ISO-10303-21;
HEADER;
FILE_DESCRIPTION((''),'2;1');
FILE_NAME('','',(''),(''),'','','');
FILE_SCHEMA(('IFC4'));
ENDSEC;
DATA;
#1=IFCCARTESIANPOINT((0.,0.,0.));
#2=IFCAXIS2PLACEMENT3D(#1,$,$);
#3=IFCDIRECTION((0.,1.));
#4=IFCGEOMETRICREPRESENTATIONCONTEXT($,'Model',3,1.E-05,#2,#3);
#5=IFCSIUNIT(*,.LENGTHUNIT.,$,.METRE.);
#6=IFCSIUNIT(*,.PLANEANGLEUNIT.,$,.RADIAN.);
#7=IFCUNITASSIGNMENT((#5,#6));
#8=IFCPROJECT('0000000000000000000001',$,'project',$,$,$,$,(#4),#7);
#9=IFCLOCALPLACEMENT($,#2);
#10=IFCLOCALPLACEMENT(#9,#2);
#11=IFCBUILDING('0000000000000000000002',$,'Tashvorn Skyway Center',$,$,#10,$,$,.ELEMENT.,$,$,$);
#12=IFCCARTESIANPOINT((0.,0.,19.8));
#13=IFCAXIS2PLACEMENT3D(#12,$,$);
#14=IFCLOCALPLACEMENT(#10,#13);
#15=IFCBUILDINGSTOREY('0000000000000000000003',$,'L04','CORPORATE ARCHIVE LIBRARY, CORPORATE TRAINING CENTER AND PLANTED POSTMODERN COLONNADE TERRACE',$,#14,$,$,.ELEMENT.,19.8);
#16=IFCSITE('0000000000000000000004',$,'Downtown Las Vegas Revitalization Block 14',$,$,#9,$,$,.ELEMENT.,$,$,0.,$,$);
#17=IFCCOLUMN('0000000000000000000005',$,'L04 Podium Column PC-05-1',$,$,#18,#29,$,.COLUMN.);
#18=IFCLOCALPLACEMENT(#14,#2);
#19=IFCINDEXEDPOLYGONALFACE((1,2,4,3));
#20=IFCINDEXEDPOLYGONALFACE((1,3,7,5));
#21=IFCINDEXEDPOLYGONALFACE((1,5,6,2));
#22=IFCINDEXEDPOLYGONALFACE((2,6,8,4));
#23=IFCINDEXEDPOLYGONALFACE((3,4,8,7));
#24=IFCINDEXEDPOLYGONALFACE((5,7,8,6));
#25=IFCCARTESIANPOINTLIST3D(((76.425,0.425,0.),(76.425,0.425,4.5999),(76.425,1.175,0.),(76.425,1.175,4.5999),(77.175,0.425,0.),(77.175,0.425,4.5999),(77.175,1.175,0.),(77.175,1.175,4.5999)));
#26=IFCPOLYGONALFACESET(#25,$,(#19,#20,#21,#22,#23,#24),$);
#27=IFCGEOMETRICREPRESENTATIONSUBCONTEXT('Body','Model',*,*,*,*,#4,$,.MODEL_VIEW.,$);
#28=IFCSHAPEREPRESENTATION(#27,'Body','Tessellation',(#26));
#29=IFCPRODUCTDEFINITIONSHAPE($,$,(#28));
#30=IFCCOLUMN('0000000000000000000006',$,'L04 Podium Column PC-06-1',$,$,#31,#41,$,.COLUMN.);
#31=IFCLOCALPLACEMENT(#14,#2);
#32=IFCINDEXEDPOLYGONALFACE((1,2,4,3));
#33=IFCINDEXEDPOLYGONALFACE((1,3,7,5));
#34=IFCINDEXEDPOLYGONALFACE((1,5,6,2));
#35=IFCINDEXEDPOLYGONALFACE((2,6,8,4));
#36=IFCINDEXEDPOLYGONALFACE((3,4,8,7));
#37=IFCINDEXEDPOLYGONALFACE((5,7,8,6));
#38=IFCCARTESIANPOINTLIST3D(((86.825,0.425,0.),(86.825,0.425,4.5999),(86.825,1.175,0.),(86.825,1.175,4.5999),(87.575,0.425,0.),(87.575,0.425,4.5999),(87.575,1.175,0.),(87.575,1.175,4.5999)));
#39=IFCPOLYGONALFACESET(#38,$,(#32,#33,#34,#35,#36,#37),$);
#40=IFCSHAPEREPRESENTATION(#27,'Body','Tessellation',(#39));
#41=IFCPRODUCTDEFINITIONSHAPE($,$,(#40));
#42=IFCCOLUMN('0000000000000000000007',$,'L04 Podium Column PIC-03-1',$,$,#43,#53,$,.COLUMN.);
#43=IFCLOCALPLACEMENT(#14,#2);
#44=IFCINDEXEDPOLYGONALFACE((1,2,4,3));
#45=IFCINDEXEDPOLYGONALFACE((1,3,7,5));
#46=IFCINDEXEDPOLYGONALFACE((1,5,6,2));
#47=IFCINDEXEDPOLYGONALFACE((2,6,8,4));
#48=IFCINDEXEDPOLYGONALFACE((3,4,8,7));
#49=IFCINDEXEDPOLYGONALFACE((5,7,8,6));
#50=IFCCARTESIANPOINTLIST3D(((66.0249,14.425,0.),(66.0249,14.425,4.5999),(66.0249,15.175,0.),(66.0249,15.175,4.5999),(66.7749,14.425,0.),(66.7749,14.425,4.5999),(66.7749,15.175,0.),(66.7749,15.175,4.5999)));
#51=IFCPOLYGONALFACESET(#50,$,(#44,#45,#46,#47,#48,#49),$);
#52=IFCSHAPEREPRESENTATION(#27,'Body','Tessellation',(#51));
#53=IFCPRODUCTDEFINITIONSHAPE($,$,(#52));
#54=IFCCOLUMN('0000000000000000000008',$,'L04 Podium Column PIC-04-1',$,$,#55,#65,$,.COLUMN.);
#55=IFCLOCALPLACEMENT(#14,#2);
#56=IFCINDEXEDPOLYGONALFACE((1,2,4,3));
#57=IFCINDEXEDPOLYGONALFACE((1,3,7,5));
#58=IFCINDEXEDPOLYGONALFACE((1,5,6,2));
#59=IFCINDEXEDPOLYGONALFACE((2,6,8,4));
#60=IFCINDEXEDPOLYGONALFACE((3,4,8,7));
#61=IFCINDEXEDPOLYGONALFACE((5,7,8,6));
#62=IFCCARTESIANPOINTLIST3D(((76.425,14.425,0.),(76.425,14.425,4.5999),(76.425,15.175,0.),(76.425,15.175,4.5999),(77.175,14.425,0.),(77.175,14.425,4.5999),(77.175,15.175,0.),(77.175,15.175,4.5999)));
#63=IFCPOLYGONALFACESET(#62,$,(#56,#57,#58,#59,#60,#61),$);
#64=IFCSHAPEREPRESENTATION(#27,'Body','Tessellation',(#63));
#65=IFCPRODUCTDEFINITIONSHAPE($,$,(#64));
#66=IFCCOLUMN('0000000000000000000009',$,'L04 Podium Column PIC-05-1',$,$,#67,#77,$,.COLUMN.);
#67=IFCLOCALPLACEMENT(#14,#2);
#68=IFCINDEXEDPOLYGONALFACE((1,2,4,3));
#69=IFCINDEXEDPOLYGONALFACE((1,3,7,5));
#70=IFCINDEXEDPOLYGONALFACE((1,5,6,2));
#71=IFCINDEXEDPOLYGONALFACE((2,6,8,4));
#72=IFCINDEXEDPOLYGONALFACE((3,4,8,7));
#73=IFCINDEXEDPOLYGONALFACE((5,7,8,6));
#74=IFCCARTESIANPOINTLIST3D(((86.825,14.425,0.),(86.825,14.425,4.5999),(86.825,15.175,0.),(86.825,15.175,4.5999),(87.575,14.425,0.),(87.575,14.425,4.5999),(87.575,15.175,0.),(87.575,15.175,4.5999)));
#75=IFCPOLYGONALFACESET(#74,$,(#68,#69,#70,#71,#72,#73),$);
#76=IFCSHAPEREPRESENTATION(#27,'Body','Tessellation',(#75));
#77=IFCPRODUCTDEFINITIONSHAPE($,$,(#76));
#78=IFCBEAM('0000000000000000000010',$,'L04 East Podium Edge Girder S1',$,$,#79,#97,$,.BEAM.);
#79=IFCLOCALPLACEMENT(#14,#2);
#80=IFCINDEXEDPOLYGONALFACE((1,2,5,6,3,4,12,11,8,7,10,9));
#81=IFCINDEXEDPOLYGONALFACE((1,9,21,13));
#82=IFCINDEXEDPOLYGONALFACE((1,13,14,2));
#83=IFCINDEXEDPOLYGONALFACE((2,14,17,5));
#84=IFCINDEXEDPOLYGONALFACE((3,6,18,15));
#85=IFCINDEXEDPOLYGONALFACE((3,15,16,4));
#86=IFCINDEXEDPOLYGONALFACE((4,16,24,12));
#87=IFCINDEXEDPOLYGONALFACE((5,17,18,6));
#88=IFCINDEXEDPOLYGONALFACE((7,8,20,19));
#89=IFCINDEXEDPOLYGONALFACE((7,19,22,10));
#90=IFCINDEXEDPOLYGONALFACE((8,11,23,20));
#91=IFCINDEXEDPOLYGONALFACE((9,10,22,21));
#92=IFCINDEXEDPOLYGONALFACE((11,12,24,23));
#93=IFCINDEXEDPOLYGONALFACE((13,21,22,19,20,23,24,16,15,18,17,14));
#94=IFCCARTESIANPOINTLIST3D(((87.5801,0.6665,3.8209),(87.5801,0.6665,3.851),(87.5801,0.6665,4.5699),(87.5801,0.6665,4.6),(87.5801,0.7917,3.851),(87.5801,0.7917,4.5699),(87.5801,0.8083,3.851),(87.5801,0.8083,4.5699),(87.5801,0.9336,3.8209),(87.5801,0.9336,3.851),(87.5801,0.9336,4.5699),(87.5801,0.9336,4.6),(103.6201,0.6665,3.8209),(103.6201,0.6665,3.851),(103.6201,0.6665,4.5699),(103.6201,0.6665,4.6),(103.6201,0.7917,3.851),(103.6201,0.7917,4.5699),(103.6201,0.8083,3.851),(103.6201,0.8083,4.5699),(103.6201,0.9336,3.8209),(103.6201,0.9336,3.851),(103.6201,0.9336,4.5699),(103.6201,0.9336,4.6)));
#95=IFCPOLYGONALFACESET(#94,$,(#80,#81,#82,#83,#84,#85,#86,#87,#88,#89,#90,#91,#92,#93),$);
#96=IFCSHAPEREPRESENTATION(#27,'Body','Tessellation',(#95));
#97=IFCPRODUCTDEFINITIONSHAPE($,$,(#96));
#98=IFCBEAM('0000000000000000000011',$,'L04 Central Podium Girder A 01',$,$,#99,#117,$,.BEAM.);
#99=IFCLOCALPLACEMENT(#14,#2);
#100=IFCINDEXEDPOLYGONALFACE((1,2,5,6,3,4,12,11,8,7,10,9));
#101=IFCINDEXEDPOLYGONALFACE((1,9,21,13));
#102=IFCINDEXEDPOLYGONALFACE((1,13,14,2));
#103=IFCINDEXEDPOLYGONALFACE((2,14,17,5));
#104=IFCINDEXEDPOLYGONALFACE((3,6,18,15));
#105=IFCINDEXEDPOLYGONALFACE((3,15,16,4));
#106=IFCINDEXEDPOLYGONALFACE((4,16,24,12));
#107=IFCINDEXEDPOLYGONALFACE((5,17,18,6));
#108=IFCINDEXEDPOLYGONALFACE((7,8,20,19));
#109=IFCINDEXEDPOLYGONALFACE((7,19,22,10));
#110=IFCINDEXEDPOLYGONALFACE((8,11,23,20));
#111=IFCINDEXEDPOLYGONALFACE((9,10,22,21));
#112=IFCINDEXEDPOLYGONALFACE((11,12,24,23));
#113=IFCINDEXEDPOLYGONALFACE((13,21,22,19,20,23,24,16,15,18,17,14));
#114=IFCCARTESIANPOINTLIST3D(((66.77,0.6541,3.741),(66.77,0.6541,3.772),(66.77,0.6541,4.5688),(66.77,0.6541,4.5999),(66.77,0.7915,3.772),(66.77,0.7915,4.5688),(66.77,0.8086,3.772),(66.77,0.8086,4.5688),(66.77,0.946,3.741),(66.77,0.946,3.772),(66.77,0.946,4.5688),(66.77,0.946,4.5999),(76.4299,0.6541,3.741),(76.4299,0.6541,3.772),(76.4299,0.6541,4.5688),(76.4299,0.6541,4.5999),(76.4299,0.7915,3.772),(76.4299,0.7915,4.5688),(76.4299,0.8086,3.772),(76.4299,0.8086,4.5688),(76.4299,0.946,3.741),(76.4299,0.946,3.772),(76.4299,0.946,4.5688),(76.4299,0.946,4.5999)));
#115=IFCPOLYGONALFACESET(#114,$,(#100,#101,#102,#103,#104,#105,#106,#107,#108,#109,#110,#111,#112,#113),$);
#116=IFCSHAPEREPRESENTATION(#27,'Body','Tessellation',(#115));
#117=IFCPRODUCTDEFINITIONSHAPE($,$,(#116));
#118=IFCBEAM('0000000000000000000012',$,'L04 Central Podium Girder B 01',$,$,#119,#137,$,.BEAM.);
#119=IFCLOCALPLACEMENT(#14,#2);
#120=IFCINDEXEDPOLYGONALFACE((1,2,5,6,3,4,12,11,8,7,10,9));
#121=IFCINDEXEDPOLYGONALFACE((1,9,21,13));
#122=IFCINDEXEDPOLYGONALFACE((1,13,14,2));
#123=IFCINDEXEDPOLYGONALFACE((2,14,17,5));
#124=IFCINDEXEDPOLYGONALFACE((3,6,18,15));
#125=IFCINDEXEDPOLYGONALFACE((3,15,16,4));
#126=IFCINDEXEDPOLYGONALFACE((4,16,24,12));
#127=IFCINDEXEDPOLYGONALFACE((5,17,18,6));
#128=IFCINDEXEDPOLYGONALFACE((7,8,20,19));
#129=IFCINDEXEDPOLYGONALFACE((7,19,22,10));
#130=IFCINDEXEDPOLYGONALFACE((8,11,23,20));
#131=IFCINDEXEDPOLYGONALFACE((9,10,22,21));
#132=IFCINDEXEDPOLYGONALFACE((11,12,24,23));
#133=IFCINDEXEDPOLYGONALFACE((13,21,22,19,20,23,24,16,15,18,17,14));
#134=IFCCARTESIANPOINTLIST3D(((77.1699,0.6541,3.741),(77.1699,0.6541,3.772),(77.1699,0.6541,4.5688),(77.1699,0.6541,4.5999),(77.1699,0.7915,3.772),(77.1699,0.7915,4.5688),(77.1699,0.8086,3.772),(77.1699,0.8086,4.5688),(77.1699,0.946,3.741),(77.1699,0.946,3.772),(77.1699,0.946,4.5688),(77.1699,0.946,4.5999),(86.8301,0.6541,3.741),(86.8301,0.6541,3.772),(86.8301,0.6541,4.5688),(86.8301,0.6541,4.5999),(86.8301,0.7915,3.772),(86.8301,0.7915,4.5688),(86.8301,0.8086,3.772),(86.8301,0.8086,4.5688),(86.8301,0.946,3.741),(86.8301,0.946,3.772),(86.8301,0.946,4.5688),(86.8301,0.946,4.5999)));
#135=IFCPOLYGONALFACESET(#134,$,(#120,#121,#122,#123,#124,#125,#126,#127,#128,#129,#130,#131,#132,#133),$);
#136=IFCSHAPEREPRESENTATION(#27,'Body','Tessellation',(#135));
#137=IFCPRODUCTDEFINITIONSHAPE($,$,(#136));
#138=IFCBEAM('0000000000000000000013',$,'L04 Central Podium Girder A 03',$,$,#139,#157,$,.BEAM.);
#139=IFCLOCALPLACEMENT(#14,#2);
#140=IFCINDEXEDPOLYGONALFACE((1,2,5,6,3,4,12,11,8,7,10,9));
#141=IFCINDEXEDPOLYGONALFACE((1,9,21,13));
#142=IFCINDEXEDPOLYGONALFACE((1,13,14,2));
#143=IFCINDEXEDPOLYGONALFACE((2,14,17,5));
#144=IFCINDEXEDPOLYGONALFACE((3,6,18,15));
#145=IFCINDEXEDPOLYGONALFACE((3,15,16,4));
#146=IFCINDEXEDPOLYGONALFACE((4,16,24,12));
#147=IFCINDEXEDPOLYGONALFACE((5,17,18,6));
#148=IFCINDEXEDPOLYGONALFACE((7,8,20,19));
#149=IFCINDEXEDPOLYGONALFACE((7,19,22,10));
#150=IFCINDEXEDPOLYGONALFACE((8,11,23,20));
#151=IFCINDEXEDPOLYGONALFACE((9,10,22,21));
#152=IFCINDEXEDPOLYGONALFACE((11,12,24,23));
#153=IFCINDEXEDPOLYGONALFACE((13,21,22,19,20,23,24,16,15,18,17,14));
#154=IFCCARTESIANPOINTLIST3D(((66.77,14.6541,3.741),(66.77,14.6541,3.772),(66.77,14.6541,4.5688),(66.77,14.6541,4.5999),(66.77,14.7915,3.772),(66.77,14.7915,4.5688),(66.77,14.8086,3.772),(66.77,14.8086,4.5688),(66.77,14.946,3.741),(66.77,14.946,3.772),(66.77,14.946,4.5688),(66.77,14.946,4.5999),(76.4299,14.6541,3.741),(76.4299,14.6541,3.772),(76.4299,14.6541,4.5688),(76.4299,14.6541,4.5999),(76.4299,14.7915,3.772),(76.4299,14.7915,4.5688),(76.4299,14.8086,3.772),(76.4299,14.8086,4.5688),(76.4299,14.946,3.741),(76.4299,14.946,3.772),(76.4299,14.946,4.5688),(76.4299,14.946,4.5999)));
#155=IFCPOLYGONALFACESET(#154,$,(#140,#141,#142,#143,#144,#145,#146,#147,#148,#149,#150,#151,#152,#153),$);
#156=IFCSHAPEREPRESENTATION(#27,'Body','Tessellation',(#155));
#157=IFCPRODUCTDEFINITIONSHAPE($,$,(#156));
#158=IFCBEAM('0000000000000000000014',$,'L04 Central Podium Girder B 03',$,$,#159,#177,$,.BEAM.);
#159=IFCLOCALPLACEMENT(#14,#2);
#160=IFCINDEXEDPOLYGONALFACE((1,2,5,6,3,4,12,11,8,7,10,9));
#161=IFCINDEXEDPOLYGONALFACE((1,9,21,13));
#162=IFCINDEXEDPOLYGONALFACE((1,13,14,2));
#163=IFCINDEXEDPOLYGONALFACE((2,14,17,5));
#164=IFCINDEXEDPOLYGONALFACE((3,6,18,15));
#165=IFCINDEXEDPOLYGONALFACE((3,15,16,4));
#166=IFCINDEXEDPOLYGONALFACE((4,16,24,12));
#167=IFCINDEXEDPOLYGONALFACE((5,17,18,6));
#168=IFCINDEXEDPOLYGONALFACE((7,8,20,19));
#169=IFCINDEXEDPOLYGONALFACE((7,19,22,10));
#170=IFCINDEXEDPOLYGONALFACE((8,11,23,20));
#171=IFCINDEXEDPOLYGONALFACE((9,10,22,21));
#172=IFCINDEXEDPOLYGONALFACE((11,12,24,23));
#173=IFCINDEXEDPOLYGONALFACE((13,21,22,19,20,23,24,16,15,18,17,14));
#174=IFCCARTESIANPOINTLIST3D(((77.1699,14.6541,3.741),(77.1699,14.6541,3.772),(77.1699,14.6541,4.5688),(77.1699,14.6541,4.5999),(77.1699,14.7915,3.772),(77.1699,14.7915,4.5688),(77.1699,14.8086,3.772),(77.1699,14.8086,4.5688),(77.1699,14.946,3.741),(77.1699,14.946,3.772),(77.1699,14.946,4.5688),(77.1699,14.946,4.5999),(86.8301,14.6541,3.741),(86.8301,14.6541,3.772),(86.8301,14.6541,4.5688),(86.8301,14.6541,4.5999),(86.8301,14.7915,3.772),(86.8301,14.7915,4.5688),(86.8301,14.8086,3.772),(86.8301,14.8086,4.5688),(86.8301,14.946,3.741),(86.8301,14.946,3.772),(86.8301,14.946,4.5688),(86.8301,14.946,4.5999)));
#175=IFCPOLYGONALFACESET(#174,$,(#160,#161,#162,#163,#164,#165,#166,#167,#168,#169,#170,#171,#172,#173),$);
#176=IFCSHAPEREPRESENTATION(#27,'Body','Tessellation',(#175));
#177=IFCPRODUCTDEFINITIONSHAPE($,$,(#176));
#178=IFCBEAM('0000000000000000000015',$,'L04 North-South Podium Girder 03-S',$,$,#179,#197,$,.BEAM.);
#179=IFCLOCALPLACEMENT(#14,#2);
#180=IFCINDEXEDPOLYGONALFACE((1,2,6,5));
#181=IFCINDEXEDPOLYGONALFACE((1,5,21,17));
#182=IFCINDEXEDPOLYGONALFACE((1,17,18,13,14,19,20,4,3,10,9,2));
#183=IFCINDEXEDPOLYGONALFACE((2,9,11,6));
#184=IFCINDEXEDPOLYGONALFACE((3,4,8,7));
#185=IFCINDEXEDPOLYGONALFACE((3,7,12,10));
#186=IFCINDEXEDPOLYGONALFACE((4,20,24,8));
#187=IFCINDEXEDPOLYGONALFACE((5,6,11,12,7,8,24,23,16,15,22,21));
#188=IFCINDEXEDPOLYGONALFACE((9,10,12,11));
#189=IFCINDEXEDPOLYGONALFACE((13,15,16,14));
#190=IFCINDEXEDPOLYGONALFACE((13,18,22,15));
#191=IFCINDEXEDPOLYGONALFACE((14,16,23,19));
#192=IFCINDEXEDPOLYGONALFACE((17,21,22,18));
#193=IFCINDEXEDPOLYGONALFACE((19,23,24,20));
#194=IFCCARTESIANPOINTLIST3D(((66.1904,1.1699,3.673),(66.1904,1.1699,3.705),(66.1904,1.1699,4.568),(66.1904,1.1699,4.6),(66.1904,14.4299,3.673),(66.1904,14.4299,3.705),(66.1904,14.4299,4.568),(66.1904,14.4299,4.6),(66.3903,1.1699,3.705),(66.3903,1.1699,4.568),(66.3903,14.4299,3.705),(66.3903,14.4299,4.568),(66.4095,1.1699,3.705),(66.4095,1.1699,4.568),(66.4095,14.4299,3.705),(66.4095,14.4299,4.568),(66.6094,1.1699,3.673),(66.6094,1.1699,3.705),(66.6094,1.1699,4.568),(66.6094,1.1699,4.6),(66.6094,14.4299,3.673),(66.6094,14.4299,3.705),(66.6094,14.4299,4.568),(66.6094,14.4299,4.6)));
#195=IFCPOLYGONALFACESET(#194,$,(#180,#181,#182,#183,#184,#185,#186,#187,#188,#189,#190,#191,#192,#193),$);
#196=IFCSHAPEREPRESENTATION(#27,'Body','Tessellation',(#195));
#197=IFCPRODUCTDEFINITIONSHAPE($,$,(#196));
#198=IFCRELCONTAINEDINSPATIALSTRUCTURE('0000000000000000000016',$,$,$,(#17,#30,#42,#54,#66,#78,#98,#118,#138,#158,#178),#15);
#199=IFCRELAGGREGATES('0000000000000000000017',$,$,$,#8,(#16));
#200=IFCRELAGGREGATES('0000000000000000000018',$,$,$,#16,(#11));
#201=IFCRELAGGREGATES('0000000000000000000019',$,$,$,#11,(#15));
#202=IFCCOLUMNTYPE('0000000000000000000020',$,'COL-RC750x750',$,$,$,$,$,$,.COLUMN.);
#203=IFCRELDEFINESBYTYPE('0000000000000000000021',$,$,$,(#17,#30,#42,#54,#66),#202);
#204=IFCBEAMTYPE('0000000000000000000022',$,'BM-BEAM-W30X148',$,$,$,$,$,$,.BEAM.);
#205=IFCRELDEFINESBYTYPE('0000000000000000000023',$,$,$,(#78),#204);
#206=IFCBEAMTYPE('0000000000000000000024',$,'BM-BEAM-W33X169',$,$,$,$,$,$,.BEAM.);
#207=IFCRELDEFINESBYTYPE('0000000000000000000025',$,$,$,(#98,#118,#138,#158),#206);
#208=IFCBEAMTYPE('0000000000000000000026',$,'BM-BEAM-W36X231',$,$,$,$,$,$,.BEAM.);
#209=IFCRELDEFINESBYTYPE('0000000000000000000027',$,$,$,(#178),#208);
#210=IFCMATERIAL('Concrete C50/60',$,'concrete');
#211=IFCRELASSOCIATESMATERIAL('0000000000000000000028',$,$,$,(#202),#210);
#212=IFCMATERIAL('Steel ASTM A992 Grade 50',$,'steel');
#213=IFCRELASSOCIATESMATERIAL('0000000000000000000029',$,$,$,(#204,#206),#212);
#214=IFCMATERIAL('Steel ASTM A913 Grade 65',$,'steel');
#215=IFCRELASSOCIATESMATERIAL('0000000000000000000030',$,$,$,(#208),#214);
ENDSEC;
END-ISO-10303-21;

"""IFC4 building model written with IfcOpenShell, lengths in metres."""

from ifc_helpers import new_model, si_unit, direction, frame, origin, origin_2d, place, context, subcontext, project, spatial, rectangle, i_section, extrude, material, material_profile, profile_set, type_object, element, save


model = new_model("IFC4")

# Units and contexts
model_context = context("Model", 3, precision=1e-05, world=origin(), true_north=direction((0.0, 1.0)))
body_context = subcontext(model_context, "Body", "Model", "MODEL_VIEW")
ifc_project = project(units=[si_unit("LENGTHUNIT", "METRE"), si_unit("PLANEANGLEUNIT", "RADIAN")], contexts=[model_context])

# Site, building, storey
site_placement = place(None, origin())
site = spatial("IfcSite", under=ifc_project, at=site_placement, Name="Downtown Las Vegas Revitalization Block 14", CompositionType="ELEMENT", RefElevation=0.0)
building_placement = place(site_placement, origin())
building = spatial("IfcBuilding", under=site, at=building_placement, Name="Tashvorn Skyway Center", CompositionType="ELEMENT")
storey_placement = place(building_placement, frame((0.0, 0.0, 19.8)))
storey = spatial("IfcBuildingStorey", under=building, at=storey_placement, Name="L04", Description="CORPORATE ARCHIVE LIBRARY, CORPORATE TRAINING CENTER AND PLANTED POSTMODERN COLONNADE TERRACE", CompositionType="ELEMENT", Elevation=19.8)

# Columns
ifc_material_1 = material(Name="Concrete C50/60", Category="concrete")
ifc_material_profile_1 = material_profile(ifc_material_1, rectangle(XDim=0.75, YDim=0.75, at=origin_2d()), Name="RC750x750")
ifc_profile_set_1 = profile_set([ifc_material_profile_1], Name="Concrete C50/60")
column_type = type_object("IfcColumnType", Name="COL-RC750x750", PredefinedType="COLUMN", material=ifc_profile_set_1)
for number, where, z_axis, x_axis, name in (
    (1, (76.8, 0.8, 0.0), (0.0, 0.0, 1.0), (1.0, 0.0, 0.0), "L04 Podium Column PC-05-1"),
    (2, (87.2, 0.8, 0.0), (0.0, 0.0, 1.0), (1.0, 0.0, 0.0), "L04 Podium Column PC-06-1"),
    (3, (66.3999, 14.8, 0.0), (0.0, 0.0, 1.0), (1.0, 0.0, 0.0), "L04 Podium Column PIC-03-1"),
    (4, (76.8, 14.8, 0.0), (0.0, 0.0, 1.0), (1.0, 0.0, 0.0), "L04 Podium Column PIC-04-1"),
    (5, (87.2, 14.8, 0.0), (0.0, 0.0, 1.0), (1.0, 0.0, 0.0), "L04 Podium Column PIC-05-1"),
):
    element("IfcColumn", number, at=place(storey_placement, frame(where, z_axis=z_axis, x_axis=x_axis)), inside=storey, type_object=column_type, Name=name, PredefinedType="COLUMN", context=body_context, shape_type="SweptSolid", body=[
        extrude(rectangle(XDim=0.75, YDim=0.75, at=origin_2d()), origin(), (0.0, 0.0, 1.0), 4.5999),
    ])

# Beams
ifc_material_2 = material(Name="Steel ASTM A992 Grade 50", Category="steel")
ifc_material_profile_2 = material_profile(ifc_material_2, i_section(OverallWidth=0.2671, OverallDepth=0.7791, WebThickness=0.0166, FlangeThickness=0.03, at=origin_2d()), Name="W30X148")
ifc_profile_set_2 = profile_set([ifc_material_profile_2], Name="Steel ASTM A992 Grade 50")
beam_type_1 = type_object("IfcBeamType", Name="BM-BEAM-W30X148", PredefinedType="BEAM", material=ifc_profile_set_2)
beam_1_placement = place(storey_placement, frame((87.5801, 0.8, 4.2104), z_axis=(1.0, 0.0, 0.0), x_axis=(0.0, 1.0, 0.0)))
element("IfcBeam", 6, at=beam_1_placement, inside=storey, type_object=beam_type_1, Name="L04 East Podium Edge Girder S1", PredefinedType="BEAM", context=body_context, shape_type="SweptSolid", body=[
    extrude(i_section(OverallWidth=0.2671, OverallDepth=0.7791, WebThickness=0.0166, FlangeThickness=0.03, at=origin_2d()), origin(), (0.0, 0.0, 1.0), 16.04),
])
ifc_material_profile_3 = material_profile(ifc_material_2, i_section(OverallWidth=0.292, OverallDepth=0.8589, WebThickness=0.0171, FlangeThickness=0.031, at=origin_2d()), Name="W33X169")
ifc_profile_set_3 = profile_set([ifc_material_profile_3], Name="Steel ASTM A992 Grade 50")
beam_type_2 = type_object("IfcBeamType", Name="BM-BEAM-W33X169", PredefinedType="BEAM", material=ifc_profile_set_3)
beam_2_placement = place(storey_placement, frame((66.77, 0.8, 4.1704), z_axis=(1.0, 0.0, 0.0), x_axis=(0.0, 1.0, 0.0)))
element("IfcBeam", 7, at=beam_2_placement, inside=storey, type_object=beam_type_2, Name="L04 Central Podium Girder A 01", PredefinedType="BEAM", context=body_context, shape_type="SweptSolid", body=[
    extrude(i_section(OverallWidth=0.292, OverallDepth=0.8589, WebThickness=0.0171, FlangeThickness=0.031, at=origin_2d()), origin(), (0.0, 0.0, 1.0), 9.6599),
])
beam_3_placement = place(storey_placement, frame((77.1699, 0.8, 4.1704), z_axis=(1.0, 0.0, 0.0), x_axis=(0.0, 1.0, 0.0)))
element("IfcBeam", 8, at=beam_3_placement, inside=storey, type_object=beam_type_2, Name="L04 Central Podium Girder B 01", PredefinedType="BEAM", context=body_context, shape_type="SweptSolid", body=[
    extrude(i_section(OverallWidth=0.292, OverallDepth=0.8589, WebThickness=0.0171, FlangeThickness=0.031, at=origin_2d()), origin(), (0.0, 0.0, 1.0), 9.6602),
])
beam_4_placement = place(storey_placement, frame((66.77, 14.8, 4.1704), z_axis=(1.0, 0.0, 0.0), x_axis=(0.0, 1.0, 0.0)))
element("IfcBeam", 9, at=beam_4_placement, inside=storey, type_object=beam_type_2, Name="L04 Central Podium Girder A 03", PredefinedType="BEAM", context=body_context, shape_type="SweptSolid", body=[
    extrude(i_section(OverallWidth=0.292, OverallDepth=0.8589, WebThickness=0.0171, FlangeThickness=0.031, at=origin_2d()), origin(), (0.0, 0.0, 1.0), 9.6599),
])
beam_5_placement = place(storey_placement, frame((77.1699, 14.8, 4.1704), z_axis=(1.0, 0.0, 0.0), x_axis=(0.0, 1.0, 0.0)))
element("IfcBeam", 10, at=beam_5_placement, inside=storey, type_object=beam_type_2, Name="L04 Central Podium Girder B 03", PredefinedType="BEAM", context=body_context, shape_type="SweptSolid", body=[
    extrude(i_section(OverallWidth=0.292, OverallDepth=0.8589, WebThickness=0.0171, FlangeThickness=0.031, at=origin_2d()), origin(), (0.0, 0.0, 1.0), 9.6602),
])
ifc_material_3 = material(Name="Steel ASTM A913 Grade 65", Category="steel")
ifc_material_profile_4 = material_profile(ifc_material_3, i_section(OverallWidth=0.4189, OverallDepth=0.927, WebThickness=0.0193, FlangeThickness=0.032, at=origin_2d()), Name="W36X231")
ifc_profile_set_4 = profile_set([ifc_material_profile_4], Name="Steel ASTM A913 Grade 65")
beam_type_3 = type_object("IfcBeamType", Name="BM-BEAM-W36X231", PredefinedType="BEAM", material=ifc_profile_set_4)
beam_6_placement = place(storey_placement, frame((66.3999, 1.1699, 4.1365), z_axis=(0.0, 1.0, 0.0), x_axis=(-1.0, 0.0, 0.0)))
element("IfcBeam", 11, at=beam_6_placement, inside=storey, type_object=beam_type_3, Name="L04 North-South Podium Girder 03-S", PredefinedType="BEAM", context=body_context, shape_type="SweptSolid", body=[
    extrude(i_section(OverallWidth=0.4189, OverallDepth=0.927, WebThickness=0.0193, FlangeThickness=0.032, at=origin_2d()), origin(), (0.0, 0.0, 1.0), 13.26),
])

save(model, "model.ifc")
